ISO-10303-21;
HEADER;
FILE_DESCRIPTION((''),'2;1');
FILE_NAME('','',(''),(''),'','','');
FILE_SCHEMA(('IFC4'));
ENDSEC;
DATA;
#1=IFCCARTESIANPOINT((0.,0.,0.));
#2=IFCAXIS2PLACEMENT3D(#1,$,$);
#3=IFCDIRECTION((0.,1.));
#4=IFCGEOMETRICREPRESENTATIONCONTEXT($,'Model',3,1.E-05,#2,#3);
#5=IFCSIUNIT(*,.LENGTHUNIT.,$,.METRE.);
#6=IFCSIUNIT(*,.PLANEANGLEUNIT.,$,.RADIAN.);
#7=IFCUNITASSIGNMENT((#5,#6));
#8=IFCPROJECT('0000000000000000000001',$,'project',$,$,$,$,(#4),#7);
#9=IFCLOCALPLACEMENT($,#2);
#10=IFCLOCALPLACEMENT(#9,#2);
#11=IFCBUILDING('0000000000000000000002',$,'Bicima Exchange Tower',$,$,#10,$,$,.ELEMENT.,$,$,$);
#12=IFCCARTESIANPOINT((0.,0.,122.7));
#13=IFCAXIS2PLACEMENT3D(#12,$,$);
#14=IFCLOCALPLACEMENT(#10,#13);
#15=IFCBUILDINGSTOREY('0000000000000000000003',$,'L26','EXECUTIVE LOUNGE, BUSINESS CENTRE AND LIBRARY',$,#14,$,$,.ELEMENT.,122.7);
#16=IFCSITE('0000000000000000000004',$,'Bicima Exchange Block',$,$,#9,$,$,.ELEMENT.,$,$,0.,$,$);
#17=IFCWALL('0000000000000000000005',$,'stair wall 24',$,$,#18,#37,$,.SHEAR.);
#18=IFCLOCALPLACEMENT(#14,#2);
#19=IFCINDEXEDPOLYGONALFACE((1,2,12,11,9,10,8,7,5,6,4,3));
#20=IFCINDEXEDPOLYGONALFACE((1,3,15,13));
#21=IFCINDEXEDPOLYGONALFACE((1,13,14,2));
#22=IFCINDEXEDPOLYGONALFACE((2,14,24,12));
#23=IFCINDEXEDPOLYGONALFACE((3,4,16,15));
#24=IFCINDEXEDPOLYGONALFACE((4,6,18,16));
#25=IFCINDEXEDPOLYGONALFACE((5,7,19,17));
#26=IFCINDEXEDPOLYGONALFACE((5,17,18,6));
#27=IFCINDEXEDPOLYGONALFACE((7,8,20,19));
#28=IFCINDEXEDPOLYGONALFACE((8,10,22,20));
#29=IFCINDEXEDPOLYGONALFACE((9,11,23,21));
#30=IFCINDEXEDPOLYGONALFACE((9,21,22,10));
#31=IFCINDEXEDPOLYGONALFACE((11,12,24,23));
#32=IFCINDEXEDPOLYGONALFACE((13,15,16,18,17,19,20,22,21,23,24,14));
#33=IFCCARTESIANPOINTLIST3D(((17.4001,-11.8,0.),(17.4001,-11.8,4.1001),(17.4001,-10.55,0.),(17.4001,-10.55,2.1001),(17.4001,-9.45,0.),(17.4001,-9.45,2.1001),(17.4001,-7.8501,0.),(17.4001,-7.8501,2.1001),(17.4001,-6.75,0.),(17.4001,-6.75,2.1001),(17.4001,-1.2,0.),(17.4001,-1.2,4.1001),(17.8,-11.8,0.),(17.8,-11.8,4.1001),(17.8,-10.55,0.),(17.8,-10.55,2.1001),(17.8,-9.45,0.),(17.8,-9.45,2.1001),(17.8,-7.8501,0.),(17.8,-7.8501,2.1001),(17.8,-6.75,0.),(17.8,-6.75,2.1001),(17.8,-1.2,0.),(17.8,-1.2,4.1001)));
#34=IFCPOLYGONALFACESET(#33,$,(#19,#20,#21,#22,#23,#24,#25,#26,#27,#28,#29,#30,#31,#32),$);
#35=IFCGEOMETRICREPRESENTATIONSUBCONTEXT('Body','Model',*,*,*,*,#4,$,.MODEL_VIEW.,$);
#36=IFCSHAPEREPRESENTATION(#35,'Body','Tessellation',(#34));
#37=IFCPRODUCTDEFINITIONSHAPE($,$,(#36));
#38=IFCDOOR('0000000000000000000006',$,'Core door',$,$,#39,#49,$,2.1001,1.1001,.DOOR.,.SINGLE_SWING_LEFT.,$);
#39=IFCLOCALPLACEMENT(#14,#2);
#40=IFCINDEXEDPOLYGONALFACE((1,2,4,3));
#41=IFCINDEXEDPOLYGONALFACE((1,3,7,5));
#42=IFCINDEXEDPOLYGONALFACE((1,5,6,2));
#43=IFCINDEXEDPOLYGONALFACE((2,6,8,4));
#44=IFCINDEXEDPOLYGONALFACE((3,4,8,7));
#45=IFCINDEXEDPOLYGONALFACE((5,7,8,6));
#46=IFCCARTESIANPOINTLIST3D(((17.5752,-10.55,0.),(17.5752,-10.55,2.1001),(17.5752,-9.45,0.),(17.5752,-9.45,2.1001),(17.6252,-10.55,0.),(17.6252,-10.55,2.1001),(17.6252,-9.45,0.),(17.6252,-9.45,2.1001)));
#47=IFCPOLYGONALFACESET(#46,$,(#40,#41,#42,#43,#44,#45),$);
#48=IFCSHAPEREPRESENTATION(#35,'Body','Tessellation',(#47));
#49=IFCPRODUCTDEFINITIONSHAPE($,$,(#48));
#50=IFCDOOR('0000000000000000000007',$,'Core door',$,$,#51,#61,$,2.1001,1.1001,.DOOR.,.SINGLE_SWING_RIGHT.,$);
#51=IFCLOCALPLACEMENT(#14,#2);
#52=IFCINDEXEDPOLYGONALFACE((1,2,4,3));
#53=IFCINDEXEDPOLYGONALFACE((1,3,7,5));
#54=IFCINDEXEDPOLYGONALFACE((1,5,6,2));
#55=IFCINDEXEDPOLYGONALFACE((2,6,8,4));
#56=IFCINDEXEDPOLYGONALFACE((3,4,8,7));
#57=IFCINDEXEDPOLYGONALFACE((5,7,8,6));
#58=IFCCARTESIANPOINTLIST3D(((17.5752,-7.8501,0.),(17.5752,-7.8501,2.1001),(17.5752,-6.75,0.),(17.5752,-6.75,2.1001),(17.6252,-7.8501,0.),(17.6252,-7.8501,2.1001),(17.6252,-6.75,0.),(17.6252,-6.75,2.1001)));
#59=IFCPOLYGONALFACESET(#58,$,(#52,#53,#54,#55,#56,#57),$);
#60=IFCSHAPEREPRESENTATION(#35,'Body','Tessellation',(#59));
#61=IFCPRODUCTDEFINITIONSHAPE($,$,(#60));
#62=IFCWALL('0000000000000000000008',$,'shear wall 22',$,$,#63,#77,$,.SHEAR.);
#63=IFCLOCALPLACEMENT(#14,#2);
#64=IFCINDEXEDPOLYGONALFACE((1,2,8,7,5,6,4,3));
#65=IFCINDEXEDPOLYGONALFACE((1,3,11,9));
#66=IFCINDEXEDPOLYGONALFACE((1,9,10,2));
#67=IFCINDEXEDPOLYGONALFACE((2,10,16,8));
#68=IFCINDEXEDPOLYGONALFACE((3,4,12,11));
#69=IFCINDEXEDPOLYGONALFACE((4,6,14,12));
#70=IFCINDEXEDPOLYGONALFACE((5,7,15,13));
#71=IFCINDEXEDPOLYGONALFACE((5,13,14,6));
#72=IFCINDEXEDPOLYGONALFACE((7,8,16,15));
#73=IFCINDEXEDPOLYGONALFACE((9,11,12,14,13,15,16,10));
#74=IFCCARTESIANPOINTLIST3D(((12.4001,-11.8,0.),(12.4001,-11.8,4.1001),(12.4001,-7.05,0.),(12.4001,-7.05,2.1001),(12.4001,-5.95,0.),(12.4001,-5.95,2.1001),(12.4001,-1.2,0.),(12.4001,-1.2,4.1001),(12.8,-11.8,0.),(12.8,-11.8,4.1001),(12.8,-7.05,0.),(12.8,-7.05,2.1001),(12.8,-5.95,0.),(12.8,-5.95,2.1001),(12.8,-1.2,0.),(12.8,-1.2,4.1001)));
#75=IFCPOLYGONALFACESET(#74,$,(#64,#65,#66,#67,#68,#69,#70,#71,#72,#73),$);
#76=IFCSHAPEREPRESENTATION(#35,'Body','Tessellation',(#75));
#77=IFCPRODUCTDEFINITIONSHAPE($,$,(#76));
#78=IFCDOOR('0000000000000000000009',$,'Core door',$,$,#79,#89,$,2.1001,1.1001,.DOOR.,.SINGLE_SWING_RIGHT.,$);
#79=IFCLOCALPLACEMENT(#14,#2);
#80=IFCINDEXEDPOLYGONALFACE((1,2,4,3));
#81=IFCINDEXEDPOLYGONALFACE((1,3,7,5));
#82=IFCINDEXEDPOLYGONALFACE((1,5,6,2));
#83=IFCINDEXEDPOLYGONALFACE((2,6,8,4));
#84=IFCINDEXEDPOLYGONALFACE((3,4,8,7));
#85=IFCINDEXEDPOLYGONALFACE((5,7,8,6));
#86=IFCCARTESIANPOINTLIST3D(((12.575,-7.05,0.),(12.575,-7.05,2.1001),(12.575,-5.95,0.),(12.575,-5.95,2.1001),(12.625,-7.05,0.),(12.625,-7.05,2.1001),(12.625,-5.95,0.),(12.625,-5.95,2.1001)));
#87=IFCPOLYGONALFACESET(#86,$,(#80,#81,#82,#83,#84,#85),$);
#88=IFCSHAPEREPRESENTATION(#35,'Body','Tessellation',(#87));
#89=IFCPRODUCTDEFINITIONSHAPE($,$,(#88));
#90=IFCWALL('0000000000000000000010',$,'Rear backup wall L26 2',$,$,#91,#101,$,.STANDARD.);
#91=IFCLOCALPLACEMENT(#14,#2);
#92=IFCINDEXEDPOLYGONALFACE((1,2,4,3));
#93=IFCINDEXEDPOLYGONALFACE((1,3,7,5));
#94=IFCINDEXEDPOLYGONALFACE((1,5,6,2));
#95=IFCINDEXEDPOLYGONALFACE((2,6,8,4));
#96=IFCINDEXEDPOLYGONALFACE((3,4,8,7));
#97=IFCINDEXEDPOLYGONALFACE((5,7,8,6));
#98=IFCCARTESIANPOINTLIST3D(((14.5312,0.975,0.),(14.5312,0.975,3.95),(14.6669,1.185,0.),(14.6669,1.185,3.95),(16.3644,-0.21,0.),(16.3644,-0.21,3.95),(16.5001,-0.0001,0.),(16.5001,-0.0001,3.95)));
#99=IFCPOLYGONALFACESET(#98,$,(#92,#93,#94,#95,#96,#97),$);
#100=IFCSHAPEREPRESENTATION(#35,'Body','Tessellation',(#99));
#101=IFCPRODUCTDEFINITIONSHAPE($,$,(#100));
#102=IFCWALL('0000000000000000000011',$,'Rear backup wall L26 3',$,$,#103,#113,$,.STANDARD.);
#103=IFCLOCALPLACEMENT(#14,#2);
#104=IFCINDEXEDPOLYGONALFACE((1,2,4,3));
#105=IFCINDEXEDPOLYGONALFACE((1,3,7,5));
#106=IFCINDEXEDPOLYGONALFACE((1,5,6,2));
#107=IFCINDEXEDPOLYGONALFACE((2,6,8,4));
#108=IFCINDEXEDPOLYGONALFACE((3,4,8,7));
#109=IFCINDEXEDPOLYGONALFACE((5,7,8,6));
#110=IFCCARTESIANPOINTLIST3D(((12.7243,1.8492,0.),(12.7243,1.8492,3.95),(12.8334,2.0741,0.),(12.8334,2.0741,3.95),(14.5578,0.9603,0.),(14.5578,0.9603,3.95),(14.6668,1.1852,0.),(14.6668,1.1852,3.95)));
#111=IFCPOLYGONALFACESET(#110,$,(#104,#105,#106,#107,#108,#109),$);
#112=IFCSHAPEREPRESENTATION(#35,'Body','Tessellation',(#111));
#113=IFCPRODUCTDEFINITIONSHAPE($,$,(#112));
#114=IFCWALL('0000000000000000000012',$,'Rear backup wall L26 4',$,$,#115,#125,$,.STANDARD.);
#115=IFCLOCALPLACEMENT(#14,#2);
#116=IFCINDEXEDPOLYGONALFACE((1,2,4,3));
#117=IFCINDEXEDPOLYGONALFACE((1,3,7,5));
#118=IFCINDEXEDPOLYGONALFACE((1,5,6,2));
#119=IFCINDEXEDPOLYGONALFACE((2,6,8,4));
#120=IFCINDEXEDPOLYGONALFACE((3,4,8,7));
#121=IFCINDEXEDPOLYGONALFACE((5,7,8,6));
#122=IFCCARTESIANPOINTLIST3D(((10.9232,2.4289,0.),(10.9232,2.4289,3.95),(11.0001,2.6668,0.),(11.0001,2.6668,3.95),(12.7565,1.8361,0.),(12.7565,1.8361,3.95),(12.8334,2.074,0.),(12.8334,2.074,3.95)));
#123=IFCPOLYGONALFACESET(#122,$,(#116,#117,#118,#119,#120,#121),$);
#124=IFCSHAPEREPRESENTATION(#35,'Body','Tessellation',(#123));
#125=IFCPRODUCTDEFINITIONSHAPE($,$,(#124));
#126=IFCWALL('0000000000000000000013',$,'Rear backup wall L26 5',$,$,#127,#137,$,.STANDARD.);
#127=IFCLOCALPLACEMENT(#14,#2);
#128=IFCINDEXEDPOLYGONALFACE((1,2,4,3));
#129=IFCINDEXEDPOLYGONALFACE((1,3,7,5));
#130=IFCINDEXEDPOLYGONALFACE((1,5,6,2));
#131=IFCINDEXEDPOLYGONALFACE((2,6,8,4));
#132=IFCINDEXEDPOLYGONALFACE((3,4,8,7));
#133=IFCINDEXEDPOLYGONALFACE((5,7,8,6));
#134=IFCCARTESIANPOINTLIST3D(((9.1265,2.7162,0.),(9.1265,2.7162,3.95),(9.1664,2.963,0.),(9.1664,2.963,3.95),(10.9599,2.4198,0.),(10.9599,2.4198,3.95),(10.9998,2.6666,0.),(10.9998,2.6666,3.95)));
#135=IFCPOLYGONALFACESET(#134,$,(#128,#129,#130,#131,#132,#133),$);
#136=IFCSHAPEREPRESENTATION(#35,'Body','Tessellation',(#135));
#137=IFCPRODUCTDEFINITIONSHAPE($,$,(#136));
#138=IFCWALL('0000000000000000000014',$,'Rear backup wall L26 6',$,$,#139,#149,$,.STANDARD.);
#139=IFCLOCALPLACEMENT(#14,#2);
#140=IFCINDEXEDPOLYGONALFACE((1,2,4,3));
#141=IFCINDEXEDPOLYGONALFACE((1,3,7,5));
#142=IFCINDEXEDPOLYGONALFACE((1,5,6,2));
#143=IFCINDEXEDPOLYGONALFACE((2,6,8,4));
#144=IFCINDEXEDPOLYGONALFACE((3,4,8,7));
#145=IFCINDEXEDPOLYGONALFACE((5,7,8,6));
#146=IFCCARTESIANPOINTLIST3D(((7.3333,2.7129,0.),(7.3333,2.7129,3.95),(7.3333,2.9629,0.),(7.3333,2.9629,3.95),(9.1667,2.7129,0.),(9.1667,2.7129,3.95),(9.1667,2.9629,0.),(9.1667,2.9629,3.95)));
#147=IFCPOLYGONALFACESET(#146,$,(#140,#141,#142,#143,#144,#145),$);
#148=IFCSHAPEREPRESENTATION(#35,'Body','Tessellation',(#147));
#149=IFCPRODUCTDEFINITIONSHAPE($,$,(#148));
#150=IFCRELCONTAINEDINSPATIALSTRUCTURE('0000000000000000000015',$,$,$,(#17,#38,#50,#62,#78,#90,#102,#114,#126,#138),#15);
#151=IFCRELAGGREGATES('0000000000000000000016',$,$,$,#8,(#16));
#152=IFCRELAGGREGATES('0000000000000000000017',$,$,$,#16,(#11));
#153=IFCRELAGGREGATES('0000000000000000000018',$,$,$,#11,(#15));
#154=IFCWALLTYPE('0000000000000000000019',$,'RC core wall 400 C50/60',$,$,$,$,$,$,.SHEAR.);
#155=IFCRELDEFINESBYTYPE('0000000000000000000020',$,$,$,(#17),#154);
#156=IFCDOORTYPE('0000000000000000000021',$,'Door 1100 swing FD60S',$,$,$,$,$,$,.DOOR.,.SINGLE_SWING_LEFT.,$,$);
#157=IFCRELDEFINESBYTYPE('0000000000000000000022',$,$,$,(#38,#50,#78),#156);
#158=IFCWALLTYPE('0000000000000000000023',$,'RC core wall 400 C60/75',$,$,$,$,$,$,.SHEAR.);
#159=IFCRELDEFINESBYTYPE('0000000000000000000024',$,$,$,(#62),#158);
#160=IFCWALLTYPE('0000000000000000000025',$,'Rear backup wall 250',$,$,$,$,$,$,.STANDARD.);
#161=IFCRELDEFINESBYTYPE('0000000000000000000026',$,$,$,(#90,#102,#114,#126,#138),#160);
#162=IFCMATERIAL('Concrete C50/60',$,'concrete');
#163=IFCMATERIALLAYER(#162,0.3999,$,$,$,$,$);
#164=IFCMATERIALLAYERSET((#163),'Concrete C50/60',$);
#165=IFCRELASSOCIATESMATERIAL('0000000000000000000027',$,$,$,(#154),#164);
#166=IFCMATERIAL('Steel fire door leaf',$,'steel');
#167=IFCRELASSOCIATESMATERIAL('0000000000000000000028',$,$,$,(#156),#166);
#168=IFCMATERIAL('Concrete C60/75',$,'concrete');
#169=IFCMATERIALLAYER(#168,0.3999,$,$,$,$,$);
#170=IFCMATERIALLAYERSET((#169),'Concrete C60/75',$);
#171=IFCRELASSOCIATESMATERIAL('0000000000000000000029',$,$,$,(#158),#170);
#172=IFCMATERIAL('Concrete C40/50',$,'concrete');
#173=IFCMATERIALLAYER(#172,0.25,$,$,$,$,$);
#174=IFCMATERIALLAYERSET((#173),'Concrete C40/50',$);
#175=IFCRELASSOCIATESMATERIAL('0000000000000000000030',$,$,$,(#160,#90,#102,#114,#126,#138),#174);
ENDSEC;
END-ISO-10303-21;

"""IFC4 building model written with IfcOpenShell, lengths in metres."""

from ifc_helpers import new_model, si_unit, direction, frame, frame_2d, origin, place, context, subcontext, project, spatial, rectangle, extrude, material, layer, layer_set, layer_usage, type_object, element, fill, save


model = new_model("IFC4")

# Units and contexts
model_context = context("Model", 3, precision=1e-05, world=origin(), true_north=direction((0.0, 1.0)))
body_context = subcontext(model_context, "Body", "Model", "MODEL_VIEW")
ifc_project = project(units=[si_unit("LENGTHUNIT", "METRE"), si_unit("PLANEANGLEUNIT", "RADIAN")], contexts=[model_context])

# Site, building, storey
site_placement = place(None, origin())
site = spatial("IfcSite", under=ifc_project, at=site_placement, Name="Bicima Exchange Block", CompositionType="ELEMENT", RefElevation=0.0)
building_placement = place(site_placement, origin())
building = spatial("IfcBuilding", under=site, at=building_placement, Name="Bicima Exchange Tower", CompositionType="ELEMENT")
storey_placement = place(building_placement, frame((0.0, 0.0, 122.7)))
storey = spatial("IfcBuildingStorey", under=building, at=storey_placement, Name="L26", Description="EXECUTIVE LOUNGE, BUSINESS CENTRE AND LIBRARY", CompositionType="ELEMENT", Elevation=122.7)

# Shared definitions
ifc_material_1 = material(Name="Concrete C50/60", Category="concrete")
ifc_layer_1 = layer(ifc_material_1, 0.3999)
ifc_layer_set_1 = layer_set([ifc_layer_1], Name="Concrete C50/60")
wall_type_1 = type_object("IfcWallType", Name="RC core wall 400 C50/60", PredefinedType="SHEAR", material=ifc_layer_set_1)
ifc_material_2 = material(Name="Steel fire door leaf", Category="steel")

# Wall, openings, doors
wall_1_placement = place(storey_placement, frame((17.6001, -11.8, 0.0), z_axis=(0.0, 0.0, 1.0), x_axis=(0.0, 1.0, 0.0)))
wall_1 = element("IfcWall", 1, at=wall_1_placement, inside=storey, type_object=wall_type_1, Name="stair wall 24", PredefinedType="SHEAR", context=body_context, shape_type="SweptSolid", body=[
    extrude(rectangle(XDim=10.6001, YDim=0.3999, at=frame_2d((5.3, 0.0))), origin(), (0.0, 0.0, 1.0), 4.1001),
])
opening_1_placement = place(wall_1_placement, frame((1.25, 0.0, 0.0)))
opening_1 = element("IfcOpeningElement", 2, at=opening_1_placement, cuts=wall_1, PredefinedType="OPENING", context=body_context, shape_type="SweptSolid", body=[
    extrude(rectangle(XDim=1.1001, YDim=2.1001, at=frame_2d((0.55, 1.05))), frame((0.0, 0.2119, 0.0), z_axis=(0.0, -1.0, 0.0), x_axis=(1.0, 0.0, 0.0)), (0.0, 0.0, 1.0), 0.4238),
])
opening_2_placement = place(wall_1_placement, frame((3.95, 0.0, 0.0)))
opening_2 = element("IfcOpeningElement", 3, at=opening_2_placement, cuts=wall_1, PredefinedType="OPENING", context=body_context, shape_type="SweptSolid", body=[
    extrude(rectangle(XDim=1.1001, YDim=2.1001, at=frame_2d((0.55, 1.05))), frame((0.0, 0.2119, 0.0), z_axis=(0.0, -1.0, 0.0), x_axis=(1.0, 0.0, 0.0)), (0.0, 0.0, 1.0), 0.4238),
])
door_type_1 = type_object("IfcDoorType", Name="Door 1100 swing FD60S", OperationType="SINGLE_SWING_LEFT", PredefinedType="DOOR", material=ifc_material_2)
door_1_placement = place(opening_1_placement, origin())
door_1 = element("IfcDoor", 4, at=door_1_placement, inside=storey, type_object=door_type_1, Name="Core door", OperationType="SINGLE_SWING_LEFT", OverallHeight=2.1001, OverallWidth=1.1001, PredefinedType="DOOR", context=body_context, shape_type="SweptSolid", body=[
    extrude(rectangle(XDim=1.1001, YDim=2.1001, at=frame_2d((0.55, 1.05))), frame((0.0, 0.0249, 0.0), z_axis=(0.0, -1.0, 0.0), x_axis=(1.0, 0.0, 0.0)), (0.0, 0.0, 1.0), 0.05),
])
fill(opening_1, door_1)
door_2_placement = place(opening_2_placement, origin())
door_2 = element("IfcDoor", 5, at=door_2_placement, inside=storey, type_object=door_type_1, Name="Core door", OperationType="SINGLE_SWING_RIGHT", OverallHeight=2.1001, OverallWidth=1.1001, PredefinedType="DOOR", context=body_context, shape_type="SweptSolid", body=[
    extrude(rectangle(XDim=1.1001, YDim=2.1001, at=frame_2d((0.55, 1.05))), frame((0.0, 0.0249, 0.0), z_axis=(0.0, -1.0, 0.0), x_axis=(1.0, 0.0, 0.0)), (0.0, 0.0, 1.0), 0.05),
])
fill(opening_2, door_2)

# Wall, opening, door
ifc_material_3 = material(Name="Concrete C60/75", Category="concrete")
ifc_layer_2 = layer(ifc_material_3, 0.3999)
ifc_layer_set_2 = layer_set([ifc_layer_2], Name="Concrete C60/75")
wall_type_2 = type_object("IfcWallType", Name="RC core wall 400 C60/75", PredefinedType="SHEAR", material=ifc_layer_set_2)
wall_2_placement = place(storey_placement, frame((12.6001, -11.8, 0.0), z_axis=(0.0, 0.0, 1.0), x_axis=(0.0, 1.0, 0.0)))
wall_2 = element("IfcWall", 6, at=wall_2_placement, inside=storey, type_object=wall_type_2, Name="shear wall 22", PredefinedType="SHEAR", context=body_context, shape_type="SweptSolid", body=[
    extrude(rectangle(XDim=10.6001, YDim=0.3999, at=frame_2d((5.3, 0.0))), origin(), (0.0, 0.0, 1.0), 4.1001),
])
opening_3_placement = place(wall_2_placement, frame((4.75, 0.0, 0.0)))
opening_3 = element("IfcOpeningElement", 7, at=opening_3_placement, cuts=wall_2, PredefinedType="OPENING", context=body_context, shape_type="SweptSolid", body=[
    extrude(rectangle(XDim=1.1001, YDim=2.1001, at=frame_2d((0.55, 1.05))), frame((0.0, 0.2119, 0.0), z_axis=(0.0, -1.0, 0.0), x_axis=(1.0, 0.0, 0.0)), (0.0, 0.0, 1.0), 0.4238),
])
door_3_placement = place(opening_3_placement, frame((1.1001, 0.0, 0.0), z_axis=(0.0, 0.0, 1.0), x_axis=(-1.0, 0.0, 0.0)))
door_3 = element("IfcDoor", 8, at=door_3_placement, inside=storey, type_object=door_type_1, Name="Core door", OperationType="SINGLE_SWING_RIGHT", OverallHeight=2.1001, OverallWidth=1.1001, PredefinedType="DOOR", context=body_context, shape_type="SweptSolid", body=[
    extrude(rectangle(XDim=1.1001, YDim=2.1001, at=frame_2d((0.55, 1.05))), frame((0.0, 0.0249, 0.0), z_axis=(0.0, -1.0, 0.0), x_axis=(1.0, 0.0, 0.0)), (0.0, 0.0, 1.0), 0.05),
])
fill(opening_3, door_3)

# Walls
ifc_material_4 = material(Name="Concrete C40/50", Category="concrete")
ifc_layer_3 = layer(ifc_material_4, 0.25)
ifc_layer_set_3 = layer_set([ifc_layer_3], Name="Concrete C40/50")
ifc_layer_usage = layer_usage(ifc_layer_set_3, "AXIS2", "POSITIVE", -0.125)
wall_type_3 = type_object("IfcWallType", Name="Rear backup wall 250", PredefinedType="STANDARD", material=ifc_layer_set_3)
wall_3_placement = place(storey_placement, frame((16.4321, -0.105, 0.0), z_axis=(0.0, 0.0, 1.0), x_axis=(-0.839813, 0.542876, 0.0)))
element("IfcWall", 9, at=wall_3_placement, inside=storey, type_object=wall_type_3, material=ifc_layer_usage, Name="Rear backup wall L26 2", PredefinedType="STANDARD", context=body_context, shape_type="SweptSolid", body=[
    extrude(rectangle(XDim=2.1829, YDim=0.25, at=frame_2d((1.0913, 0.0))), origin(), (0.0, 0.0, 1.0), 3.95),
])
wall_4_placement = place(storey_placement, frame((14.6123, 1.0728, 0.0), z_axis=(0.0, 0.0, 1.0), x_axis=(-0.899824, 0.436253, 0.0)))
element("IfcWall", 10, at=wall_4_placement, inside=storey, type_object=wall_type_3, material=ifc_layer_usage, Name="Rear backup wall L26 3", PredefinedType="STANDARD", context=body_context, shape_type="SweptSolid", body=[
    extrude(rectangle(XDim=2.0376, YDim=0.25, at=frame_2d((1.0188, 0.0))), origin(), (0.0, 0.0, 1.0), 3.95),
])
wall_5_placement = place(storey_placement, frame((12.7949, 1.9551, 0.0), z_axis=(0.0, 0.0, 1.0), x_axis=(-0.951496, 0.307662, 0.0)))
element("IfcWall", 11, at=wall_5_placement, inside=storey, type_object=wall_type_3, material=ifc_layer_usage, Name="Rear backup wall L26 4", PredefinedType="STANDARD", context=body_context, shape_type="SweptSolid", body=[
    extrude(rectangle(XDim=1.9268, YDim=0.25, at=frame_2d((0.9634, 0.0))), origin(), (0.0, 0.0, 1.0), 3.95),
])
wall_6_placement = place(storey_placement, frame((10.98, 2.5432, 0.0), z_axis=(0.0, 0.0, 1.0), x_axis=(-0.987182, 0.1596, 0.0)))
element("IfcWall", 12, at=wall_6_placement, inside=storey, type_object=wall_type_3, material=ifc_layer_usage, Name="Rear backup wall L26 5", PredefinedType="STANDARD", context=body_context, shape_type="SweptSolid", body=[
    extrude(rectangle(XDim=1.8572, YDim=0.25, at=frame_2d((0.9287, 0.0))), origin(), (0.0, 0.0, 1.0), 3.95),
])
wall_7_placement = place(storey_placement, frame((9.1667, 2.8379, 0.0), z_axis=(0.0, 0.0, 1.0), x_axis=(-1.0, 0.0, 0.0)))
element("IfcWall", 13, at=wall_7_placement, inside=storey, type_object=wall_type_3, material=ifc_layer_usage, Name="Rear backup wall L26 6", PredefinedType="STANDARD", context=body_context, shape_type="SweptSolid", body=[
    extrude(rectangle(XDim=1.8335, YDim=0.25, at=frame_2d((0.9167, 0.0))), origin(), (0.0, 0.0, 1.0), 3.95),
])

save(model, "model.ifc")
